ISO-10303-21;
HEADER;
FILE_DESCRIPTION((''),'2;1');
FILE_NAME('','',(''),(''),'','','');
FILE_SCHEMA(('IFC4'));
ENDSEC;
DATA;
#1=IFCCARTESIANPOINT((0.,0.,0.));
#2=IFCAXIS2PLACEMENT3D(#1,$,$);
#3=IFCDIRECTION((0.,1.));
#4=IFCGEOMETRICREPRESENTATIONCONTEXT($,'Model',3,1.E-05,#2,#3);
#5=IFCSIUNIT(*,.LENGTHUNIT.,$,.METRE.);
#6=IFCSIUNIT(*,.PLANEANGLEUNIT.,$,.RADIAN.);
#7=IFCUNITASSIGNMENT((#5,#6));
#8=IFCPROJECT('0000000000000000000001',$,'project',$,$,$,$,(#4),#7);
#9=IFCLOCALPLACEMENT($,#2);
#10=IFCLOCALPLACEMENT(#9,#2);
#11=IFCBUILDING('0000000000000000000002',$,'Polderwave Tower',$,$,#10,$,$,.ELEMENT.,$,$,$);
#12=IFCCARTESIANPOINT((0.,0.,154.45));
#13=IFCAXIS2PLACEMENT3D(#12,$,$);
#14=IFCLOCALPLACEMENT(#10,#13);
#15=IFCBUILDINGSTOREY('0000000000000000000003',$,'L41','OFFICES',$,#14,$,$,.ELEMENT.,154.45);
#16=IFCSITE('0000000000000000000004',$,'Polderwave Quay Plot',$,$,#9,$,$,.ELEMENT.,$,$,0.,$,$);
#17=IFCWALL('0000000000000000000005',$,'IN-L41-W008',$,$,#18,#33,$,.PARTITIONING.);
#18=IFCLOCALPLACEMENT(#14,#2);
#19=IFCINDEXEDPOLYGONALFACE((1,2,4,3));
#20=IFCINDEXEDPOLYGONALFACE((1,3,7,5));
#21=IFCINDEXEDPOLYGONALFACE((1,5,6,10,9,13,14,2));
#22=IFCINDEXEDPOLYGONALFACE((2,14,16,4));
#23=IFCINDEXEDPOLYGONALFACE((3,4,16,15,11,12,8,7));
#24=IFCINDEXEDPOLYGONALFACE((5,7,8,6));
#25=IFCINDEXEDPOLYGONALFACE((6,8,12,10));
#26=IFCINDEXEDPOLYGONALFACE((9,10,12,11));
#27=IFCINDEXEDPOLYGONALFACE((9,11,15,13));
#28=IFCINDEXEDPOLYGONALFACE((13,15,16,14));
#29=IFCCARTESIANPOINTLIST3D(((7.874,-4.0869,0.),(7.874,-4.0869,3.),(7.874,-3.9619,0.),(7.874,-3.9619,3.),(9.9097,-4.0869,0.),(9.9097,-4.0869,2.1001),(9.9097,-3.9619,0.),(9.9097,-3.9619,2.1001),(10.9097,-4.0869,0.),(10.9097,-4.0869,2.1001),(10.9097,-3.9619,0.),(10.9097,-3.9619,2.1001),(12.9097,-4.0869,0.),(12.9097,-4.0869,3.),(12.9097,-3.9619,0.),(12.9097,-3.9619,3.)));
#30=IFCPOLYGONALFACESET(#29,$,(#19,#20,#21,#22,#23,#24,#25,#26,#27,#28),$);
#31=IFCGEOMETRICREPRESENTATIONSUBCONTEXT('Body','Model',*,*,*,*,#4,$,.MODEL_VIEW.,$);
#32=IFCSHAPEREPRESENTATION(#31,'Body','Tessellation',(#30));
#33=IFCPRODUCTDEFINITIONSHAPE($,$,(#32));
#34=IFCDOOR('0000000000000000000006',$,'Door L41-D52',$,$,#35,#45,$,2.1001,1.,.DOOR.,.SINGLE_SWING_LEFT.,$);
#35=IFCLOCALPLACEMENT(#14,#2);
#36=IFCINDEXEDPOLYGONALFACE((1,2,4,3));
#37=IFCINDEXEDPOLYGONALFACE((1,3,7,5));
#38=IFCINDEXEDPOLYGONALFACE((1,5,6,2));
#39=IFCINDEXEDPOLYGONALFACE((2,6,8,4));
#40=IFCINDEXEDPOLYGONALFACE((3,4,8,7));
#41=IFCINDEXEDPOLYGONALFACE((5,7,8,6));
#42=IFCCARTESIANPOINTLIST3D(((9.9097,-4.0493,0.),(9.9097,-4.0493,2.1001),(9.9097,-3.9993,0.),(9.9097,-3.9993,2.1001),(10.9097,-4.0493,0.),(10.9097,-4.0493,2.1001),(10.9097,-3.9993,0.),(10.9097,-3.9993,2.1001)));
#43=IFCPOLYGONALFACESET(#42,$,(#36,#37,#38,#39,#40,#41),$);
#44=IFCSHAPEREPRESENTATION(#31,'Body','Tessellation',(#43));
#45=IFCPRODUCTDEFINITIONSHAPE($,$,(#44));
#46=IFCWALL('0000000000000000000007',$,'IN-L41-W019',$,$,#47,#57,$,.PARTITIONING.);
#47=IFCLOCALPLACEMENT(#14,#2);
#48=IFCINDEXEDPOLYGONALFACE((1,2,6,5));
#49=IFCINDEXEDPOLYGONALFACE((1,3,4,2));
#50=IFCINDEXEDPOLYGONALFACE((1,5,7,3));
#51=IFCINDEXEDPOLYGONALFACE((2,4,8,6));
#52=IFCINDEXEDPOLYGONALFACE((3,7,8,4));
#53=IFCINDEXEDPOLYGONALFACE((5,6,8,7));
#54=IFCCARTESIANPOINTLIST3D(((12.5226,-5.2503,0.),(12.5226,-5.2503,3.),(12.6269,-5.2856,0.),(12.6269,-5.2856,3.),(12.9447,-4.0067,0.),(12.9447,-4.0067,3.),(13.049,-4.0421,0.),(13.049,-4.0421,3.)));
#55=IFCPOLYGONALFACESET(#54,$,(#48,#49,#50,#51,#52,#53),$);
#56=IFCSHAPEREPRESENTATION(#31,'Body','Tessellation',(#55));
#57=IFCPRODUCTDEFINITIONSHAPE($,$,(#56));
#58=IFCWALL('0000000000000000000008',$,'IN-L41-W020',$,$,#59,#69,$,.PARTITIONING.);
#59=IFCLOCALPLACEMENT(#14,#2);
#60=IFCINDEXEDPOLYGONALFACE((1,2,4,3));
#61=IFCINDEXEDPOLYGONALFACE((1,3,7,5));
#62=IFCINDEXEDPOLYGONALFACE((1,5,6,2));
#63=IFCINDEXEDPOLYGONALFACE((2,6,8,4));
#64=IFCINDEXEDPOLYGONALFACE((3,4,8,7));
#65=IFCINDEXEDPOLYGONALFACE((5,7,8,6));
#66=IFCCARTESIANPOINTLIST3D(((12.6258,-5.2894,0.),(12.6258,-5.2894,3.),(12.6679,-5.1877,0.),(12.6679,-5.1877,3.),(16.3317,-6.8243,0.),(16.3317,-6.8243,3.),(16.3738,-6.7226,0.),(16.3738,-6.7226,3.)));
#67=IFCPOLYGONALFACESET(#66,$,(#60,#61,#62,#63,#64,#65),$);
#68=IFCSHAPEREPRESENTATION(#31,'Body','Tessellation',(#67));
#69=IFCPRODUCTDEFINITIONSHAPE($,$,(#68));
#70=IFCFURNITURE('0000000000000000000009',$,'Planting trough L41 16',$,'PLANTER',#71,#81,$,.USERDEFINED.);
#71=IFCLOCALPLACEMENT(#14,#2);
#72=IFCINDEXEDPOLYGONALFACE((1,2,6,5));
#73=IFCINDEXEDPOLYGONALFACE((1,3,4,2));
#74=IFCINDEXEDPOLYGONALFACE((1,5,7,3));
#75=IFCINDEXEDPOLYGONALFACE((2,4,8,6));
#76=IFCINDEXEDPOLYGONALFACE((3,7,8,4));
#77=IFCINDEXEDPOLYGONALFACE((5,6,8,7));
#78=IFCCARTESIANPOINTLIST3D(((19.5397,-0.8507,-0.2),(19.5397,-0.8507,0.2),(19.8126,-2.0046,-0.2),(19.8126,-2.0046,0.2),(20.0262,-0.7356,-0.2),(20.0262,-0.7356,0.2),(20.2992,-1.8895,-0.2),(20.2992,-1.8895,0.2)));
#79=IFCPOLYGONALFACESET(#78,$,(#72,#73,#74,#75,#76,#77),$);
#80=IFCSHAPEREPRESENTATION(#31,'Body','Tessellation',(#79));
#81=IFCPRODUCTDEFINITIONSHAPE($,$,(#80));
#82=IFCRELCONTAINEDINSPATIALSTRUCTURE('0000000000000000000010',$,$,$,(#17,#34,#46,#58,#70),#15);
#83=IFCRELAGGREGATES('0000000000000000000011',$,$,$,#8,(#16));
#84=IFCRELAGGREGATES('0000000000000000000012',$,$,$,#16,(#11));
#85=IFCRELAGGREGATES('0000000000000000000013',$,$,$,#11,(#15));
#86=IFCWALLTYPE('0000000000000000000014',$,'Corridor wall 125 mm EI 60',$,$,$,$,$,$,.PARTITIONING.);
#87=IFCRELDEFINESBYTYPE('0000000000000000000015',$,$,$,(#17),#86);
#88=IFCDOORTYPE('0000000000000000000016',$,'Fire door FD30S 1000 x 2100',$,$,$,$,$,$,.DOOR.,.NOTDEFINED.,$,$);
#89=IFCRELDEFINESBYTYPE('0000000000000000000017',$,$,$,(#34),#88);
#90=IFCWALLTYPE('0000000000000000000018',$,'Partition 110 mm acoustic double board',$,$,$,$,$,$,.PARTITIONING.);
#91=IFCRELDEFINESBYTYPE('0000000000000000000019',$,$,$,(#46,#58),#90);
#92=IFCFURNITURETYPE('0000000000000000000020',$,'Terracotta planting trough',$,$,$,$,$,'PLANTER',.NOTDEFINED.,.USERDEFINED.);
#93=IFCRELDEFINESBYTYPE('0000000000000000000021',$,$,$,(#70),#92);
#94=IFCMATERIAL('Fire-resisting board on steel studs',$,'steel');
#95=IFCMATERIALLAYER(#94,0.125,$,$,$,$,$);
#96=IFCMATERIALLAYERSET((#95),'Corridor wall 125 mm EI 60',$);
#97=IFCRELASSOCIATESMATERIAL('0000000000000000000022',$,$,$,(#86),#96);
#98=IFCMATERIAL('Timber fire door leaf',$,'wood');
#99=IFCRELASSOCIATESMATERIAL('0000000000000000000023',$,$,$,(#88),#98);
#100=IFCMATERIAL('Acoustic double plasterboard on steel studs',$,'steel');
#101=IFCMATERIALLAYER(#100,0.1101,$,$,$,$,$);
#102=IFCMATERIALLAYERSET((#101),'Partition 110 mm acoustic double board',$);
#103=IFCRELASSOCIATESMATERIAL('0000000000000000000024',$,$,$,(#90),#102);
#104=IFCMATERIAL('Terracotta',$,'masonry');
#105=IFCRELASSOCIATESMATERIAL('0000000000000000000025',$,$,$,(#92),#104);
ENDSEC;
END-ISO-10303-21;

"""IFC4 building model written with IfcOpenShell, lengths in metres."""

from ifc_helpers import new_model, si_unit, direction, frame, frame_2d, origin, origin_2d, place, context, subcontext, project, spatial, rectangle, extrude, material, layer, layer_set, type_object, element, fill, save


model = new_model("IFC4")

# Units and contexts
model_context = context("Model", 3, precision=1e-05, world=origin(), true_north=direction((0.0, 1.0)))
body_context = subcontext(model_context, "Body", "Model", "MODEL_VIEW")
ifc_project = project(units=[si_unit("LENGTHUNIT", "METRE"), si_unit("PLANEANGLEUNIT", "RADIAN")], contexts=[model_context])

# Site, building, storey
site_placement = place(None, origin())
site = spatial("IfcSite", under=ifc_project, at=site_placement, Name="Polderwave Quay Plot", CompositionType="ELEMENT", RefElevation=0.0)
building_placement = place(site_placement, origin())
building = spatial("IfcBuilding", under=site, at=building_placement, Name="Polderwave Tower", CompositionType="ELEMENT")
storey_placement = place(building_placement, frame((0.0, 0.0, 154.45)))
storey = spatial("IfcBuildingStorey", under=building, at=storey_placement, Name="L41", Description="OFFICES", CompositionType="ELEMENT", Elevation=154.45)

# Shared definitions
ifc_material_1 = material(Name="Fire-resisting board on steel studs", Category="steel")
ifc_layer_1 = layer(ifc_material_1, 0.125)
ifc_layer_set_1 = layer_set([ifc_layer_1], Name="Corridor wall 125 mm EI 60")
wall_type_1 = type_object("IfcWallType", Name="Corridor wall 125 mm EI 60", PredefinedType="PARTITIONING", material=ifc_layer_set_1)

# Wall, opening, door
wall_1_placement = place(storey_placement, frame((12.9097, -4.0244, 0.0), z_axis=(0.0, 0.0, 1.0), x_axis=(-1.0, 0.0, 0.0)))
wall_1 = element("IfcWall", 1, at=wall_1_placement, inside=storey, type_object=wall_type_1, Name="IN-L41-W008", PredefinedType="PARTITIONING", context=body_context, shape_type="SweptSolid", body=[
    extrude(rectangle(XDim=5.0356, YDim=0.125, at=frame_2d((2.5178, 0.0))), origin(), (0.0, 0.0, 1.0), 3.0),
])
opening_placement = place(wall_1_placement, frame((2.0, 0.0, 0.0)))
opening = element("IfcOpeningElement", 2, at=opening_placement, cuts=wall_1, PredefinedType="OPENING", context=body_context, shape_type="SweptSolid", body=[
    extrude(rectangle(XDim=1.0, YDim=2.1001, at=frame_2d((0.5, 1.05))), frame((0.0, 0.0725, 0.0), z_axis=(0.0, -1.0, 0.0), x_axis=(1.0, 0.0, 0.0)), (0.0, 0.0, 1.0), 0.145),
])
ifc_material_2 = material(Name="Timber fire door leaf", Category="wood")
door_type = type_object("IfcDoorType", Name="Fire door FD30S 1000 x 2100", OperationType="NOTDEFINED", PredefinedType="DOOR", material=ifc_material_2)
door_placement = place(opening_placement, origin())
door = element("IfcDoor", 3, at=door_placement, inside=storey, type_object=door_type, Name="Door L41-D52", OperationType="SINGLE_SWING_LEFT", OverallHeight=2.1001, OverallWidth=1.0, PredefinedType="DOOR", context=body_context, shape_type="SweptSolid", body=[
    extrude(rectangle(XDim=1.0, YDim=2.1001, at=frame_2d((0.5, 1.05))), frame((0.0, 0.0249, 0.0), z_axis=(0.0, -1.0, 0.0), x_axis=(1.0, 0.0, 0.0)), (0.0, 0.0, 1.0), 0.05),
])
fill(opening, door)

# Walls
ifc_material_3 = material(Name="Acoustic double plasterboard on steel studs", Category="steel")
ifc_layer_2 = layer(ifc_material_3, 0.1101)
ifc_layer_set_2 = layer_set([ifc_layer_2], Name="Partition 110 mm acoustic double board")
wall_type_2 = type_object("IfcWallType", Name="Partition 110 mm acoustic double board", PredefinedType="PARTITIONING", material=ifc_layer_set_2)
wall_2_placement = place(storey_placement, frame((12.5747, -5.2681, 0.0), z_axis=(0.0, 0.0, 1.0), x_axis=(0.321409, 0.94694, 0.0)))
element("IfcWall", 4, at=wall_2_placement, inside=storey, type_object=wall_type_2, Name="IN-L41-W019", PredefinedType="PARTITIONING", context=body_context, shape_type="SweptSolid", body=[
    extrude(rectangle(XDim=1.3132, YDim=0.1101, at=frame_2d((0.6567, 0.0))), origin(), (0.0, 0.0, 1.0), 3.0),
])
wall_3_placement = place(storey_placement, frame((16.3528, -6.7734, 0.0), z_axis=(0.0, 0.0, 1.0), x_axis=(-0.923896, 0.382644, 0.0)))
element("IfcWall", 5, at=wall_3_placement, inside=storey, type_object=wall_type_2, Name="IN-L41-W020", PredefinedType="PARTITIONING", context=body_context, shape_type="SweptSolid", body=[
    extrude(rectangle(XDim=4.0112, YDim=0.1101, at=frame_2d((2.0056, 0.0))), origin(), (0.0, 0.0, 1.0), 3.0),
])

# Furniture
ifc_material_4 = material(Name="Terracotta", Category="masonry")
furniture_type = type_object("IfcFurnitureType", Name="Terracotta planting trough", ElementType="PLANTER", AssemblyPlace="NOTDEFINED", PredefinedType="USERDEFINED", material=ifc_material_4)
furniture_placement = place(storey_placement, frame((19.9194, -1.3701, -0.2), z_axis=(0.0, 0.0, 1.0), x_axis=(-0.230204, 0.973142, 0.0)))
element("IfcFurniture", 6, at=furniture_placement, inside=storey, type_object=furniture_type, Name="Planting trough L41 16", ObjectType="PLANTER", PredefinedType="USERDEFINED", context=body_context, shape_type="SweptSolid", body=[
    extrude(rectangle(XDim=1.1858, YDim=0.5, at=origin_2d()), origin(), (0.0, 0.0, 1.0), 0.3999),
])

save(model, "model.ifc")
